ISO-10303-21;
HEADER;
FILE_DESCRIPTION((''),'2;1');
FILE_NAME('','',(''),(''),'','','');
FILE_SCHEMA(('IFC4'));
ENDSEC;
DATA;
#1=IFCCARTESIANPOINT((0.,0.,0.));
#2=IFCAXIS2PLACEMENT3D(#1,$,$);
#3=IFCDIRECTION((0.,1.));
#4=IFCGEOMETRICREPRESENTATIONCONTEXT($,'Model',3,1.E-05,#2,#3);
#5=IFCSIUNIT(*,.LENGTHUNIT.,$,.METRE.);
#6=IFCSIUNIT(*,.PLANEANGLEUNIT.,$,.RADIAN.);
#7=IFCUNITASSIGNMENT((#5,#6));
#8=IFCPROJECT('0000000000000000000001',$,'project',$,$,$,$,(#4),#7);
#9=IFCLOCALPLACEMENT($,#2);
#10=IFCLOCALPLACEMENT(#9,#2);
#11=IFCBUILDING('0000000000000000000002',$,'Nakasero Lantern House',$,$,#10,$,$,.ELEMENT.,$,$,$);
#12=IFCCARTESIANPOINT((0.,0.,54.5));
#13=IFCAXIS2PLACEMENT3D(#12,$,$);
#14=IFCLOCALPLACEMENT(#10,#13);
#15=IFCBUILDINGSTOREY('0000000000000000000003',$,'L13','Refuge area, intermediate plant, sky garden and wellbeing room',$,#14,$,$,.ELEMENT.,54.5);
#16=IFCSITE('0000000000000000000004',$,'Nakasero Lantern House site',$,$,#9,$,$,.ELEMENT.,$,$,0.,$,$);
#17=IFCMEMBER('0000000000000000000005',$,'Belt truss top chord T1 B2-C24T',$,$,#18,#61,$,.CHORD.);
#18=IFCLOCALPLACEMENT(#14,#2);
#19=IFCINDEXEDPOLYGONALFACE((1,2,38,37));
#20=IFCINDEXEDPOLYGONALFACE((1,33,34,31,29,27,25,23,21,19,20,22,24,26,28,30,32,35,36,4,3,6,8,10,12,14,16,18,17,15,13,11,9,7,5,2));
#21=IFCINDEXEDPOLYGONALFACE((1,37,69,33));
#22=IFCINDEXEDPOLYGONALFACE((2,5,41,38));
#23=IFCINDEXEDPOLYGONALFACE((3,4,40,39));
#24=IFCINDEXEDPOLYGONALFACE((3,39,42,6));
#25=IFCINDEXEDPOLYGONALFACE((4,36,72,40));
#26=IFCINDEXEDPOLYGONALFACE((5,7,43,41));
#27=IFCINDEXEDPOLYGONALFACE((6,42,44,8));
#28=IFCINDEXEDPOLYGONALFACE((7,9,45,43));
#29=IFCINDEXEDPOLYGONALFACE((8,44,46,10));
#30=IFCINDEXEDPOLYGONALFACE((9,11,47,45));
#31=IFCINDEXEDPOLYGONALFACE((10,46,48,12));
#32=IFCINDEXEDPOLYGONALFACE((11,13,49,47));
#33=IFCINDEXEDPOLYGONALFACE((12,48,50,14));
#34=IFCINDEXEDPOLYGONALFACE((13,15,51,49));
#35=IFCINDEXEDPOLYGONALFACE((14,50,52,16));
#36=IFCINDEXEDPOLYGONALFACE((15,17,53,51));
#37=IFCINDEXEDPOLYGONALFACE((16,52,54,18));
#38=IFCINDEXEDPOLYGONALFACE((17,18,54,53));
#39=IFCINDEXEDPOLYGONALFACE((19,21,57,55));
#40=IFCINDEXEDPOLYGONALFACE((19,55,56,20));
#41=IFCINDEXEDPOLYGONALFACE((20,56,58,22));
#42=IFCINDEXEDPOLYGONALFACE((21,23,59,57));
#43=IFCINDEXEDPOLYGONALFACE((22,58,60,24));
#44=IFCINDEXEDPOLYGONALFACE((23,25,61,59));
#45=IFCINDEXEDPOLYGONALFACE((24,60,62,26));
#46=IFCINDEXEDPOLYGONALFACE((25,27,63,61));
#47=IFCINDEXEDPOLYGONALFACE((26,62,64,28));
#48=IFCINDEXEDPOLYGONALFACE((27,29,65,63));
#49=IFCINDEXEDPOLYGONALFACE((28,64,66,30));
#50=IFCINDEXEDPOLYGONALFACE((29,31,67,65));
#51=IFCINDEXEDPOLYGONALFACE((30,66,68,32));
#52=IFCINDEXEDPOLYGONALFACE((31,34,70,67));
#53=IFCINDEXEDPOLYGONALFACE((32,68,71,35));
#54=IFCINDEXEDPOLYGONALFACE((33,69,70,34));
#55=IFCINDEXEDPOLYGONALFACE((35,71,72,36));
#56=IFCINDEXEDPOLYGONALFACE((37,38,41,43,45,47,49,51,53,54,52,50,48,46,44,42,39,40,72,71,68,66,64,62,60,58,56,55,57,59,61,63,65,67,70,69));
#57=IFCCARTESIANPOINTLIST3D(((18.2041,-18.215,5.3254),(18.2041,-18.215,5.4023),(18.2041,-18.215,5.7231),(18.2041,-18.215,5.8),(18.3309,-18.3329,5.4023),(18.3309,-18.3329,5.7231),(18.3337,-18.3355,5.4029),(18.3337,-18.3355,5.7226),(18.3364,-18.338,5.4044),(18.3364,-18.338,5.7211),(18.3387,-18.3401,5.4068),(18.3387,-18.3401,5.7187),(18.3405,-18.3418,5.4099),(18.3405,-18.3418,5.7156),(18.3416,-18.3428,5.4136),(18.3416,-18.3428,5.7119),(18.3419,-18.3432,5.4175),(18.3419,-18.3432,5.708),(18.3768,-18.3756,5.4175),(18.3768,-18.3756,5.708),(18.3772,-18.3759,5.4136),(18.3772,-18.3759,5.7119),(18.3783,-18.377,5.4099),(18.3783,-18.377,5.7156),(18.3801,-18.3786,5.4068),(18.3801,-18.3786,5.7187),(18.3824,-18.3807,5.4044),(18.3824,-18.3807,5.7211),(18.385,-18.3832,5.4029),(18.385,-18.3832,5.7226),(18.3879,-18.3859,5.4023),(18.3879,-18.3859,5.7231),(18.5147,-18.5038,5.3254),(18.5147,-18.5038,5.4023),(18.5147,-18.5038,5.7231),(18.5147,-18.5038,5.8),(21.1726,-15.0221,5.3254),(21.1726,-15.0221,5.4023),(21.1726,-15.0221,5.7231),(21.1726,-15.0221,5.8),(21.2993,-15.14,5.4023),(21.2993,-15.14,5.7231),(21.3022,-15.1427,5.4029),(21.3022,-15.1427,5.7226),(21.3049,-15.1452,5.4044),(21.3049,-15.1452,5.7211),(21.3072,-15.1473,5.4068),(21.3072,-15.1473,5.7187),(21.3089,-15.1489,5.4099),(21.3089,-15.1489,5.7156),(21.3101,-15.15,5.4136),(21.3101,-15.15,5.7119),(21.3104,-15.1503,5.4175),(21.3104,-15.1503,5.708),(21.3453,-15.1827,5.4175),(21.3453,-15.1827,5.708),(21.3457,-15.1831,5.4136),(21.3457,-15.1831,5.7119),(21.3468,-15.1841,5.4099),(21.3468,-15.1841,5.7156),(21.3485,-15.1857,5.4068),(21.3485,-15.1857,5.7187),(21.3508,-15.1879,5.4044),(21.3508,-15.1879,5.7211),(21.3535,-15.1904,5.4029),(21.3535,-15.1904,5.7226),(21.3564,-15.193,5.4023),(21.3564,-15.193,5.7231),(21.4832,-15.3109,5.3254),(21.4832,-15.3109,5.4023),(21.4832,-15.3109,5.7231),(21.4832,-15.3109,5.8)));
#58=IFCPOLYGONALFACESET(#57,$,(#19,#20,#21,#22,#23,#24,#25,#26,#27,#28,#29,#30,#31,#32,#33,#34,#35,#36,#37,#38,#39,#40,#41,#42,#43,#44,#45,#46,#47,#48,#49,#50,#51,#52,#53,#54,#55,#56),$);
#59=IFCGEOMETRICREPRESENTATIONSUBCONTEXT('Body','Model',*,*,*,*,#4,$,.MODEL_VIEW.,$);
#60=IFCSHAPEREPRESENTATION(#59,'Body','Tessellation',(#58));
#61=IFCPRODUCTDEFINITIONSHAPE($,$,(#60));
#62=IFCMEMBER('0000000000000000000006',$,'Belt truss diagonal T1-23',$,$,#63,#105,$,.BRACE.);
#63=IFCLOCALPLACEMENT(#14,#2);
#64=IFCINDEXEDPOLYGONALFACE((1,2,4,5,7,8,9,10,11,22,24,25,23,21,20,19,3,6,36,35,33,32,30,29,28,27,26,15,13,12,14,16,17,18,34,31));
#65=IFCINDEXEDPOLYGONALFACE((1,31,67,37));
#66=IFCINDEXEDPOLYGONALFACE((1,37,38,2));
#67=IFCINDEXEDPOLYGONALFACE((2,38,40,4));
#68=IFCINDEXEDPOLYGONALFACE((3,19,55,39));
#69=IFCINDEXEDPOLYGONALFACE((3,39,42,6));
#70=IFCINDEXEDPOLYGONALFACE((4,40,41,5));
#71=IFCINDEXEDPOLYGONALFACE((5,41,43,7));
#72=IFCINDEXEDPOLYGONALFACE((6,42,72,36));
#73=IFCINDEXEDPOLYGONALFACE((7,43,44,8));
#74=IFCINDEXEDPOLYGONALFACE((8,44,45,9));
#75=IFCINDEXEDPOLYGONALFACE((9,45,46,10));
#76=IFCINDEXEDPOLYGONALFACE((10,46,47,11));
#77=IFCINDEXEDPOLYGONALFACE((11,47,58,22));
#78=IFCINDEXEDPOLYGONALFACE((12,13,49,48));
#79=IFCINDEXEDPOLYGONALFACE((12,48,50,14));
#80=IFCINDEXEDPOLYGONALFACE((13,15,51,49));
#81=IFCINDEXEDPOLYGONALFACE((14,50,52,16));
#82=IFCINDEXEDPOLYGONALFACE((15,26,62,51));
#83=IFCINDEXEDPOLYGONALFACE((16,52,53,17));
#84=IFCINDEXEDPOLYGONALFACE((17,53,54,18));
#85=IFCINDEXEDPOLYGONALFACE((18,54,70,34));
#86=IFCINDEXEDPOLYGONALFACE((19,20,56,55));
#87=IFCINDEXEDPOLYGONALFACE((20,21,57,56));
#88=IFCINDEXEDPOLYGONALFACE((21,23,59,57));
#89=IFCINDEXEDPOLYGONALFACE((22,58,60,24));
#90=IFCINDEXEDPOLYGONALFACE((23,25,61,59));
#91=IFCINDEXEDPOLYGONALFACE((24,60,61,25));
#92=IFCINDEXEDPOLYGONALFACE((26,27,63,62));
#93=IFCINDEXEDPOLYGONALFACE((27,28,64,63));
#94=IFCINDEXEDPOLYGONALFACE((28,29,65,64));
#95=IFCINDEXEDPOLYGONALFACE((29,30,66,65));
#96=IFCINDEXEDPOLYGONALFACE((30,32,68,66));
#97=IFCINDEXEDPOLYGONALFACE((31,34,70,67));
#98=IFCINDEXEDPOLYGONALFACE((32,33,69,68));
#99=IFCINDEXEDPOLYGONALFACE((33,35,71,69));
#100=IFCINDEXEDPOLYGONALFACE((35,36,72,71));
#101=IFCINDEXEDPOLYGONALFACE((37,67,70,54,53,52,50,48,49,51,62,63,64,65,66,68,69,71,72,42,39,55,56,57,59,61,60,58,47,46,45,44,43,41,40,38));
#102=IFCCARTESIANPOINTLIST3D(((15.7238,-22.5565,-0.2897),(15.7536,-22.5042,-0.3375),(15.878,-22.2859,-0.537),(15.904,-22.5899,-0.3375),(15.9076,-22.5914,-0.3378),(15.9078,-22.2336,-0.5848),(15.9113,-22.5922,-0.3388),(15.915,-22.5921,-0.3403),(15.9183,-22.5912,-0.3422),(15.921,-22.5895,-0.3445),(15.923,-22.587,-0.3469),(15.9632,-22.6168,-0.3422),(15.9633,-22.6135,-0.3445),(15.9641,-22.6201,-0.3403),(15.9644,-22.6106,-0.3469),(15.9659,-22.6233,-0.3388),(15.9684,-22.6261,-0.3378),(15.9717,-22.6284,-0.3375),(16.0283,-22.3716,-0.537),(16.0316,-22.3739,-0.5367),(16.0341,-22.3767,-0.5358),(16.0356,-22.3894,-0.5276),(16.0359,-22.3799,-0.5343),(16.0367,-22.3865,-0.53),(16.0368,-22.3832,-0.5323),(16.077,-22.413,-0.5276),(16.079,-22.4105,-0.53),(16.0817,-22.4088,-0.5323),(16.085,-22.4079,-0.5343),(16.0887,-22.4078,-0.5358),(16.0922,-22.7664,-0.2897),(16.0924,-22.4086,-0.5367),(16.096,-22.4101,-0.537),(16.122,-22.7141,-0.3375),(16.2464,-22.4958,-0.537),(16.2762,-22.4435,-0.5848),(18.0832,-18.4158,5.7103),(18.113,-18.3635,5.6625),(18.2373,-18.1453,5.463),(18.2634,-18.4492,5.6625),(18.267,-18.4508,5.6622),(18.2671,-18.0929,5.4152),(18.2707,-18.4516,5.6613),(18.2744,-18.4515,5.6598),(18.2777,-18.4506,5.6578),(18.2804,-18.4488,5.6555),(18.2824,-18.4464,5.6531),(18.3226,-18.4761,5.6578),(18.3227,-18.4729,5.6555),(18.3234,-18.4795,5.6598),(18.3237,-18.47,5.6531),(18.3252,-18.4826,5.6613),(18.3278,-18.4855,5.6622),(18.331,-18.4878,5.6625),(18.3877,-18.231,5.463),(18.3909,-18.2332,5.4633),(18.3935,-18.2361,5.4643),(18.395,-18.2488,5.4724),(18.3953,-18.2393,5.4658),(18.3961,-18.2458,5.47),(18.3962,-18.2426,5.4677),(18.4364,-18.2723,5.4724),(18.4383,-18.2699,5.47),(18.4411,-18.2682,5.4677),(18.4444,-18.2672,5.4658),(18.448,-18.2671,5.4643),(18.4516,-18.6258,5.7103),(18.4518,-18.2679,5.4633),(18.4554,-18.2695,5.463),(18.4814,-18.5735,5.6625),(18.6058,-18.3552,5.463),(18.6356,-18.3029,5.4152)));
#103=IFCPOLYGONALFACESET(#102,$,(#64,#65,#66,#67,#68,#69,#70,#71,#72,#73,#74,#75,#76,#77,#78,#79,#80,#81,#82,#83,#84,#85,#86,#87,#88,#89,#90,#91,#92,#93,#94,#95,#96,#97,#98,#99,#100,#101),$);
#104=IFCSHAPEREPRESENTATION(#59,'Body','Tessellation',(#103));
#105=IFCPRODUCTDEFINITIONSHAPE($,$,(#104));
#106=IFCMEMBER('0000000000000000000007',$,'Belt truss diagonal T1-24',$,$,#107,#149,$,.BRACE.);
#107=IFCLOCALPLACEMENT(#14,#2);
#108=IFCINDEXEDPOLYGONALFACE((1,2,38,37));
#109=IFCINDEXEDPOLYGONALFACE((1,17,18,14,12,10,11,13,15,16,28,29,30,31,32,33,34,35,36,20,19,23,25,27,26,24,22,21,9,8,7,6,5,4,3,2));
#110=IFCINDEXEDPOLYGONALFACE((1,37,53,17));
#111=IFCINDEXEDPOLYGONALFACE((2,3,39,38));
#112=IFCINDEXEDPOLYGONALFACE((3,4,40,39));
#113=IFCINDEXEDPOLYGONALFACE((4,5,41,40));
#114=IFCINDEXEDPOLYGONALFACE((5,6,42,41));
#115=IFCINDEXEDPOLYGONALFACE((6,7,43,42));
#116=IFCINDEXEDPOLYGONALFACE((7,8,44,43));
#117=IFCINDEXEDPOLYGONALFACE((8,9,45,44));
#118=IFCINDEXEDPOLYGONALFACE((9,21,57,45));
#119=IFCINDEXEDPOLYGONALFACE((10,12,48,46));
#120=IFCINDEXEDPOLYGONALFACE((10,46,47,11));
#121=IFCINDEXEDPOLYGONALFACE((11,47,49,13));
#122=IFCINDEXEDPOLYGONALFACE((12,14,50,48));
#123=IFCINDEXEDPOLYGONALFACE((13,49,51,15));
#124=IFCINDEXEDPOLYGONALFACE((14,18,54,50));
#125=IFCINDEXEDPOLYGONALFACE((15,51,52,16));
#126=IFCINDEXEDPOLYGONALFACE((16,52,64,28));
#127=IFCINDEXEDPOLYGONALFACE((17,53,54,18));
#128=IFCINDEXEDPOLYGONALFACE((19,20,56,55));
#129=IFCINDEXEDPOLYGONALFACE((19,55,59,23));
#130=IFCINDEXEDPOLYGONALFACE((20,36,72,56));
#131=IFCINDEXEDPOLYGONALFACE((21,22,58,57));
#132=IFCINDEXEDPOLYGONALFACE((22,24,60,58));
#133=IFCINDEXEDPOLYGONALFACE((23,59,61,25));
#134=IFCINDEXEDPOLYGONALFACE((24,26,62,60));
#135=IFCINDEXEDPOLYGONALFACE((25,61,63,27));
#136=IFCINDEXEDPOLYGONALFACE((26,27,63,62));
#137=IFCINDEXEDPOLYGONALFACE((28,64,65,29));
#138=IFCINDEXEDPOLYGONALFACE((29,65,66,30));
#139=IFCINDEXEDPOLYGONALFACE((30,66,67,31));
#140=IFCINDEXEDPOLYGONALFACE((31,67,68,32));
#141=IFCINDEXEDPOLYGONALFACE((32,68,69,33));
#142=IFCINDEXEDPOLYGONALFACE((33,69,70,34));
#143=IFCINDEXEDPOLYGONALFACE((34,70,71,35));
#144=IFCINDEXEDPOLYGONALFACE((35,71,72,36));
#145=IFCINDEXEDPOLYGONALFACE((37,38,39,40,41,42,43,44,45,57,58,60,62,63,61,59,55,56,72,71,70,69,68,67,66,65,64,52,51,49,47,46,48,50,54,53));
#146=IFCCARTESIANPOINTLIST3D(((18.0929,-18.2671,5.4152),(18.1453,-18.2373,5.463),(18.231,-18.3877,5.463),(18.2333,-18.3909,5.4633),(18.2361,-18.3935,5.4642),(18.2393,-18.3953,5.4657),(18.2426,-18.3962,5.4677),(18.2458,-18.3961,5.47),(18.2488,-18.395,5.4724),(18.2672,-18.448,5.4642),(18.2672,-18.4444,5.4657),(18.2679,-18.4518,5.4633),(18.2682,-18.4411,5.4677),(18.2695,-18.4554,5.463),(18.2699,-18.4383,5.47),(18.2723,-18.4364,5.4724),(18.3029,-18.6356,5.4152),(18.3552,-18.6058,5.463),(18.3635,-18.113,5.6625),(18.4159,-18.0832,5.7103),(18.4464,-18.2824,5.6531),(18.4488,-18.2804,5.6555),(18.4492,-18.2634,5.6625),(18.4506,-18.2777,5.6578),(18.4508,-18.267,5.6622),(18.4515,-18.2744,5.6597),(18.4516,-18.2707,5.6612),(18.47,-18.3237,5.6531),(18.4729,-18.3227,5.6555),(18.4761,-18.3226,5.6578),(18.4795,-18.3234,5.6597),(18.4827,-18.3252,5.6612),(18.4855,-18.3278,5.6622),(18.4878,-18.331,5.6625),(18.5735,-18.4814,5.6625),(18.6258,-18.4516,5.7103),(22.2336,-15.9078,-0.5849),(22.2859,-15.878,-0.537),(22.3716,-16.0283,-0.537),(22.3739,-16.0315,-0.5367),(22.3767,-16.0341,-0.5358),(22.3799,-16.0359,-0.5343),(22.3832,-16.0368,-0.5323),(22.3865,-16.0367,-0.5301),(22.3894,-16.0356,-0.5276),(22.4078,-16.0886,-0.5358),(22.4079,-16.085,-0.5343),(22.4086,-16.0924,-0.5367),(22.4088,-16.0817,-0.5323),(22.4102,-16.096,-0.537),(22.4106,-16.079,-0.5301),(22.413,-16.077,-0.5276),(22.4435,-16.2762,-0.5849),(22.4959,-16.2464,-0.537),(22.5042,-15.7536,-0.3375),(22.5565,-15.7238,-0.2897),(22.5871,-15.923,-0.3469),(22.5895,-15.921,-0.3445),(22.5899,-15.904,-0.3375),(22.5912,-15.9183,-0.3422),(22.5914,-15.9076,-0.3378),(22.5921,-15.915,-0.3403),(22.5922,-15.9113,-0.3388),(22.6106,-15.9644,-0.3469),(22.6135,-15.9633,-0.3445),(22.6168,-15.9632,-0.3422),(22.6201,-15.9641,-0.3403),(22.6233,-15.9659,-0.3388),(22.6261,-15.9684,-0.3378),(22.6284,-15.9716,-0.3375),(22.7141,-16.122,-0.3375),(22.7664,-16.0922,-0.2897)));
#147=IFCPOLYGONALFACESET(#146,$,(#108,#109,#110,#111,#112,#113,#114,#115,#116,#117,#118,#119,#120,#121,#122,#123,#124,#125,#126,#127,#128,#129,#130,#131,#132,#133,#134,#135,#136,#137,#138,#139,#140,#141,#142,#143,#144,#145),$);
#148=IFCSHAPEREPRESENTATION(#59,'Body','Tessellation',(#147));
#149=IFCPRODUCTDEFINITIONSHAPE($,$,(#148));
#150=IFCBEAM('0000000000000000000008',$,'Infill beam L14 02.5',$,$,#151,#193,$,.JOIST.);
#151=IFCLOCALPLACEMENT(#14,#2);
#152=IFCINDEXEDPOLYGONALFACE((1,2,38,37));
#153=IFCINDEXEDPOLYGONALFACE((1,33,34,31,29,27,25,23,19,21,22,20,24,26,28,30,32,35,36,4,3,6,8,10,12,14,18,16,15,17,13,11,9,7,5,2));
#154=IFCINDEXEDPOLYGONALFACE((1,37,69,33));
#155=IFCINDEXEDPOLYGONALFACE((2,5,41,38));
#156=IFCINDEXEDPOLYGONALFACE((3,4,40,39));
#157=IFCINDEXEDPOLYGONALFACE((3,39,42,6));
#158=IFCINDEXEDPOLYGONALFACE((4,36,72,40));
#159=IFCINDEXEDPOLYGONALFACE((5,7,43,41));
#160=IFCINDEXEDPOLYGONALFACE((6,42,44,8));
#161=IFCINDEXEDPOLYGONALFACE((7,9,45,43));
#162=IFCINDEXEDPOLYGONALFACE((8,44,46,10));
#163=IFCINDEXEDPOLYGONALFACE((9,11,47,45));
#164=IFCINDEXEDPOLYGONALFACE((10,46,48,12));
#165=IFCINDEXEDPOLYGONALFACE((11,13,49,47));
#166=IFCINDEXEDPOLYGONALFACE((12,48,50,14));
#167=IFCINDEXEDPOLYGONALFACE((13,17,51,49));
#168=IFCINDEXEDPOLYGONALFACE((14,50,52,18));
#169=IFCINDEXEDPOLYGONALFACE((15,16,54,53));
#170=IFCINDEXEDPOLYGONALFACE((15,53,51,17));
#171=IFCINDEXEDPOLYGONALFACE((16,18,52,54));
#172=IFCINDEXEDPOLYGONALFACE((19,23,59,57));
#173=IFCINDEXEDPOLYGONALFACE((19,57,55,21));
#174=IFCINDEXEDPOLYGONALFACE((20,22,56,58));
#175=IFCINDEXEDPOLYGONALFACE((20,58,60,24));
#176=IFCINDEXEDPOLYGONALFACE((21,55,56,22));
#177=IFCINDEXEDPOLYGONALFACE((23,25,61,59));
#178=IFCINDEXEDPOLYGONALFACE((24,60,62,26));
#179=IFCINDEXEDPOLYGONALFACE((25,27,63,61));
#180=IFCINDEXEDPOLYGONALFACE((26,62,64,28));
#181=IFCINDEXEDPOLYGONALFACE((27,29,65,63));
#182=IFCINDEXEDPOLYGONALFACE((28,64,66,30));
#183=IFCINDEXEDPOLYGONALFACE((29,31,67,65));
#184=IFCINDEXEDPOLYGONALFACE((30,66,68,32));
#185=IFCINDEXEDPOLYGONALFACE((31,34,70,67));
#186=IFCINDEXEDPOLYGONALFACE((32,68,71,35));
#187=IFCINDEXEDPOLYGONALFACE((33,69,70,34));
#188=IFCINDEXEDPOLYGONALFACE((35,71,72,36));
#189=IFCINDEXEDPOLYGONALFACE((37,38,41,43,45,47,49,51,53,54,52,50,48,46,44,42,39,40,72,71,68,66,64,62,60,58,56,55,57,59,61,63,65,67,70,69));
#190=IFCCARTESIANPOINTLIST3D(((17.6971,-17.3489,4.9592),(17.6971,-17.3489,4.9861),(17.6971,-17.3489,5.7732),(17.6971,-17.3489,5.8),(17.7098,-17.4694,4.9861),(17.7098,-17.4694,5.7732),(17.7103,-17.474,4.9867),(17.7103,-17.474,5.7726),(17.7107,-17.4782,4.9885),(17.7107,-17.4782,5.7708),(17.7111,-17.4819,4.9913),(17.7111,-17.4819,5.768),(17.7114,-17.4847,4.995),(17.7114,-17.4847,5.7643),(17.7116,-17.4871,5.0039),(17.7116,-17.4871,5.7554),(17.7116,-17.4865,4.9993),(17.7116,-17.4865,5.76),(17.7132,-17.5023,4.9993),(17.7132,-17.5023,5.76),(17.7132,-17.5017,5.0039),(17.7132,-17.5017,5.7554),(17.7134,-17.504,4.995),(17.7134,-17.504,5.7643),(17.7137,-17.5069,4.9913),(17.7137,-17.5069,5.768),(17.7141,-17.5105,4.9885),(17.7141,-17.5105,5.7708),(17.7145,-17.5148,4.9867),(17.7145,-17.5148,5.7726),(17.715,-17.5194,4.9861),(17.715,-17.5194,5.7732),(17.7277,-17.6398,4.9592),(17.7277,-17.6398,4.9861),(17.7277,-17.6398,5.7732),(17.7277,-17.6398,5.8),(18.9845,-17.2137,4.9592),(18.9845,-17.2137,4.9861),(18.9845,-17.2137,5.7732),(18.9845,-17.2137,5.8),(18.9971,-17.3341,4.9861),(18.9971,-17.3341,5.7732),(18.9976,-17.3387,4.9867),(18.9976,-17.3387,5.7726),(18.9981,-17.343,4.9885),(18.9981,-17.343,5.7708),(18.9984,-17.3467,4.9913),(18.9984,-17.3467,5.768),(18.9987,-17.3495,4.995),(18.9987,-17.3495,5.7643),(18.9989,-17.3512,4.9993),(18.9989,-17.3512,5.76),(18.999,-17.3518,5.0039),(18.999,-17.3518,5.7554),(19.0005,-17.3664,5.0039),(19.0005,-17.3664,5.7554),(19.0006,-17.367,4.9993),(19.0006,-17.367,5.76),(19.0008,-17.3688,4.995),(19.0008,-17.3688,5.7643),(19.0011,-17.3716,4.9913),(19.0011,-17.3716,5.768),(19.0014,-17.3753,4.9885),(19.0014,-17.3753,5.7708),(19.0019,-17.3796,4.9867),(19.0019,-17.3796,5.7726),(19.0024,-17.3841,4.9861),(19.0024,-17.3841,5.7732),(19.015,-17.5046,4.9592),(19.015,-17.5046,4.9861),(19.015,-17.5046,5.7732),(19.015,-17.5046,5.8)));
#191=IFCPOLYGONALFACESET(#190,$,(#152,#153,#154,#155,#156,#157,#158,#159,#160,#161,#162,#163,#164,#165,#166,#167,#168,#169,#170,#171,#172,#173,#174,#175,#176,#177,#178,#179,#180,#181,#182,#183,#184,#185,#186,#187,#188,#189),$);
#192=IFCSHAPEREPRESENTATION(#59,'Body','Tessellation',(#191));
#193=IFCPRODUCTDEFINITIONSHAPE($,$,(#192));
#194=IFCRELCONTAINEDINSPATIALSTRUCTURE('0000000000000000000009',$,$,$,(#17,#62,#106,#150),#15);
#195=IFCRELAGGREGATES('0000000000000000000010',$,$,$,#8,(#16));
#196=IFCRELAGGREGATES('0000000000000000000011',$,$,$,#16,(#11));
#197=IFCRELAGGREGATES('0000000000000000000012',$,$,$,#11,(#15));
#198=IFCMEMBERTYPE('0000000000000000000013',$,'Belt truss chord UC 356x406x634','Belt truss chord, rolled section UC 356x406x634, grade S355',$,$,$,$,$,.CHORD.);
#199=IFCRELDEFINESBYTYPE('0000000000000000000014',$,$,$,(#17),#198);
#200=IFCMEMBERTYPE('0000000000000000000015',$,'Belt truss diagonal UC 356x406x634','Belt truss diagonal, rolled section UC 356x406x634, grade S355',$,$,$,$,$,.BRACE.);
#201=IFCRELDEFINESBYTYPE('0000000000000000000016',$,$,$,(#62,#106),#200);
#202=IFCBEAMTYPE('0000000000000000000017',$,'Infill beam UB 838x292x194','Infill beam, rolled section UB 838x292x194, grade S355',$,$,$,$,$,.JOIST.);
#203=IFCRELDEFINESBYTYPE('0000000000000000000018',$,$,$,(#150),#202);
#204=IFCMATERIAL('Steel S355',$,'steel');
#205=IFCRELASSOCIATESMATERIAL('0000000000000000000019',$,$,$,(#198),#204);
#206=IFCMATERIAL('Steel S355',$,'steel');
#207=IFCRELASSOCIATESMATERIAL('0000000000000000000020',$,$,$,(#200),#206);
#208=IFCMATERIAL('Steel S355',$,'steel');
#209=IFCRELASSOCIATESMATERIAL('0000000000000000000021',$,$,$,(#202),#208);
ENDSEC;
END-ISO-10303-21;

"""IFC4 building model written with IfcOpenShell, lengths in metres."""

from ifc_helpers import new_model, si_unit, direction, frame, origin, origin_2d, place, context, subcontext, project, spatial, i_section, extrude, material, material_profile, profile_set, type_object, element, save


model = new_model("IFC4")

# Units and contexts
model_context = context("Model", 3, precision=1e-05, world=origin(), true_north=direction((0.0, 1.0)))
body_context = subcontext(model_context, "Body", "Model", "MODEL_VIEW")
ifc_project = project(units=[si_unit("LENGTHUNIT", "METRE"), si_unit("PLANEANGLEUNIT", "RADIAN")], contexts=[model_context])

# Site, building, storey
site_placement = place(None, origin())
site = spatial("IfcSite", under=ifc_project, at=site_placement, Name="Nakasero Lantern House site", CompositionType="ELEMENT", RefElevation=0.0)
building_placement = place(site_placement, origin())
building = spatial("IfcBuilding", under=site, at=building_placement, Name="Nakasero Lantern House", CompositionType="ELEMENT")
storey_placement = place(building_placement, frame((0.0, 0.0, 54.5)))
storey = spatial("IfcBuildingStorey", under=building, at=storey_placement, Name="L13", Description="Refuge area, intermediate plant, sky garden and wellbeing room", CompositionType="ELEMENT", Elevation=54.5)

# Members
ifc_material_1 = material(Name="Steel S355", Category="steel")
ifc_material_profile_1 = material_profile(ifc_material_1, i_section(OverallWidth=0.4241, OverallDepth=0.4746, WebThickness=0.0476, FlangeThickness=0.0769, FilletRadius=0.0151, at=origin_2d()), Name="UC 356x406x634")
ifc_profile_set_1 = profile_set([ifc_material_profile_1], Name="Steel S355")
member_type_1 = type_object("IfcMemberType", Name="Belt truss chord UC 356x406x634", Description="Belt truss chord, rolled section UC 356x406x634, grade S355", PredefinedType="CHORD", material=ifc_profile_set_1)
member_1_placement = place(storey_placement, frame((18.3594, -18.3594, 5.5627), z_axis=(0.680906, 0.732371, 0.0), x_axis=(-0.732371, 0.680906, 0.0)))
element("IfcMember", 1, at=member_1_placement, inside=storey, type_object=member_type_1, Name="Belt truss top chord T1 B2-C24T", PredefinedType="CHORD", context=body_context, shape_type="SweptSolid", body=[
    extrude(i_section(OverallWidth=0.4241, OverallDepth=0.4746, WebThickness=0.0476, FlangeThickness=0.0769, FilletRadius=0.0151, at=origin_2d()), origin(), (0.0, 0.0, 1.0), 4.3596),
])
ifc_material_2 = material(Name="Steel S355", Category="steel")
ifc_material_profile_2 = material_profile(ifc_material_2, i_section(OverallWidth=0.4241, OverallDepth=0.4746, WebThickness=0.0476, FlangeThickness=0.0769, FilletRadius=0.0151, at=origin_2d()), Name="UC 356x406x634")
ifc_profile_set_2 = profile_set([ifc_material_profile_2], Name="Steel S355")
member_type_2 = type_object("IfcMemberType", Name="Belt truss diagonal UC 356x406x634", Description="Belt truss diagonal, rolled section UC 356x406x634, grade S355", PredefinedType="BRACE", material=ifc_profile_set_2)
for number, where, z_axis, x_axis, name in (
    (2, (16.0, -22.5, -0.4373), (0.307918, 0.540387, 0.783051), (-0.868848, 0.495079, 0.0), "Belt truss diagonal T1-23"),
    (3, (18.3594, -18.3594, 5.5627), (0.540387, 0.307918, -0.783051), (-0.495079, 0.868848, 0.0), "Belt truss diagonal T1-24"),
):
    element("IfcMember", number, at=place(storey_placement, frame(where, z_axis=z_axis, x_axis=x_axis)), inside=storey, type_object=member_type_2, Name=name, PredefinedType="BRACE", context=body_context, shape_type="SweptSolid", body=[
        extrude(i_section(OverallWidth=0.4241, OverallDepth=0.4746, WebThickness=0.0476, FlangeThickness=0.0769, FilletRadius=0.0151, at=origin_2d()), origin(), (0.0, 0.0, 1.0), 7.6624),
    ])

# Beam
ifc_material_3 = material(Name="Steel S355", Category="steel")
ifc_material_profile_3 = material_profile(ifc_material_3, i_section(OverallWidth=0.2925, OverallDepth=0.8408, WebThickness=0.0146, FlangeThickness=0.0269, FilletRadius=0.0178, at=origin_2d()), Name="UB 838x292x194")
ifc_profile_set_3 = profile_set([ifc_material_profile_3], Name="Steel S355")
beam_type_1 = type_object("IfcBeamType", Name="Infill beam UB 838x292x194", Description="Infill beam, rolled section UB 838x292x194, grade S355", PredefinedType="JOIST", material=ifc_profile_set_3)
beam_1_placement = place(storey_placement, frame((17.7124, -17.4944, 5.3796), z_axis=(0.994526, 0.104488, 0.0), x_axis=(-0.104488, 0.994526, 0.0)))
element("IfcBeam", 4, at=beam_1_placement, inside=storey, type_object=beam_type_1, Name="Infill beam L14 02.5", PredefinedType="JOIST", context=body_context, shape_type="SweptSolid", body=[
    extrude(i_section(OverallWidth=0.2925, OverallDepth=0.8408, WebThickness=0.0146, FlangeThickness=0.0269, FilletRadius=0.0178, at=origin_2d()), origin(), (0.0, 0.0, 1.0), 1.2944),
])

save(model, "model.ifc")
